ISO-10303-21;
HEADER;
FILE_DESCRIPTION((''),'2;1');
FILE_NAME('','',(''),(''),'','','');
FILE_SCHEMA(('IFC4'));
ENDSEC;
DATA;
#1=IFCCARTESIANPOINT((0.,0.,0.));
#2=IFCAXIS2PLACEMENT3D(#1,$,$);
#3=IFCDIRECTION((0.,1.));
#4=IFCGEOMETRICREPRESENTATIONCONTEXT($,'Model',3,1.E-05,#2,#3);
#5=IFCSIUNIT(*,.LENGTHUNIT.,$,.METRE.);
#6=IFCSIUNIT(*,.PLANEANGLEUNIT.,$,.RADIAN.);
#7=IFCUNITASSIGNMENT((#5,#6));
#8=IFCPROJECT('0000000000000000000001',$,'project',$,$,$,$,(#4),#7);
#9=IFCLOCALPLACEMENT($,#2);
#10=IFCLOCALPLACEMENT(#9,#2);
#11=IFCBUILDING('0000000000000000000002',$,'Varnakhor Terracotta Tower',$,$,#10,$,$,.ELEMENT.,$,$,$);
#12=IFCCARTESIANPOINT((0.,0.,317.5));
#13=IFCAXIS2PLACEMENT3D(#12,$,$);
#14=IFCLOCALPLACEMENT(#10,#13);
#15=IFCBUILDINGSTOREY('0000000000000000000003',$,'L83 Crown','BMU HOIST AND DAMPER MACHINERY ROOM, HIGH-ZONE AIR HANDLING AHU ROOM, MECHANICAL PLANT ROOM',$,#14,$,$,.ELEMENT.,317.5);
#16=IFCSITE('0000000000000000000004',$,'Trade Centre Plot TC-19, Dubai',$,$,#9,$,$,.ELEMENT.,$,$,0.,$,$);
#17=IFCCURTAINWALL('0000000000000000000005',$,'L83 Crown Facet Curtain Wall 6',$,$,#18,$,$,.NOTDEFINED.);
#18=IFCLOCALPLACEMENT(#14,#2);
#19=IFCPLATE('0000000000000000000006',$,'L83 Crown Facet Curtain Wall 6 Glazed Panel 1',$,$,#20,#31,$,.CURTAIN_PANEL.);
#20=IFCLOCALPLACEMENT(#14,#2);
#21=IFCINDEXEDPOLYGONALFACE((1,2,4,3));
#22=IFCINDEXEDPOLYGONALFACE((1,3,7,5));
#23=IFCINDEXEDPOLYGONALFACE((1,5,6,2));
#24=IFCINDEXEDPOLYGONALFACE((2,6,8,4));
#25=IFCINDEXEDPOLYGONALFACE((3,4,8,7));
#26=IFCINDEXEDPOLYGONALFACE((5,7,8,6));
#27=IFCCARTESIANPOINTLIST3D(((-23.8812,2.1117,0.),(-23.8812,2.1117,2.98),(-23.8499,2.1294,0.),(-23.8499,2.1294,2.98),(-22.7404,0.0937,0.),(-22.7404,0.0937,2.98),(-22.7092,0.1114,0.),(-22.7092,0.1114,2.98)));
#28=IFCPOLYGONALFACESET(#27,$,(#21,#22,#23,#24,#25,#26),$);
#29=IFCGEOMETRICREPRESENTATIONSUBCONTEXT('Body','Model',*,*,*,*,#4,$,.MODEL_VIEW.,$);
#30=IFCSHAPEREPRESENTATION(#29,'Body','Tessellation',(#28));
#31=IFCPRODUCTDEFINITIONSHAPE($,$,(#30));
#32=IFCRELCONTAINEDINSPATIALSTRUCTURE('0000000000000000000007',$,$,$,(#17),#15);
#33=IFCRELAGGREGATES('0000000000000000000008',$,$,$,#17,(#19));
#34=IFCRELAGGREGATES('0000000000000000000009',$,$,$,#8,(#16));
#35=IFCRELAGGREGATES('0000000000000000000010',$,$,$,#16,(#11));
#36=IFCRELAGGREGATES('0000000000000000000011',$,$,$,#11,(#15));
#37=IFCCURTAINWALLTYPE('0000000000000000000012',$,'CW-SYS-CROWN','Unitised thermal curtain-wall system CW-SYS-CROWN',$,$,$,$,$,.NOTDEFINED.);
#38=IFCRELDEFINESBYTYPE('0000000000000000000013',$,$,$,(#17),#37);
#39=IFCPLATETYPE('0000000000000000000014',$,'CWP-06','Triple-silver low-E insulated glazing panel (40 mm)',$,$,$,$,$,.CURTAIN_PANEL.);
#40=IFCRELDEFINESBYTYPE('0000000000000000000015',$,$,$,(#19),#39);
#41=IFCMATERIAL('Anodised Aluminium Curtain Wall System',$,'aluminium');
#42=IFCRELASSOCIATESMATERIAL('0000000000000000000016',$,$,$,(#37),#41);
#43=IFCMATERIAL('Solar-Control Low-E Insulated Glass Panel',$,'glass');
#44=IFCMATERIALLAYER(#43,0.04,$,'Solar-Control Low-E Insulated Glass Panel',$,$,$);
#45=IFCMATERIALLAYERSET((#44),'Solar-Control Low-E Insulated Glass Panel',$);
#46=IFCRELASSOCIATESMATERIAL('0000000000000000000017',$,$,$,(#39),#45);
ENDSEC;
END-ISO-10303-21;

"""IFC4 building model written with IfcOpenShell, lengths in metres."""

from ifc_helpers import new_model, si_unit, direction, frame, origin, origin_2d, place, context, subcontext, project, spatial, rectangle, extrude, source, transform, mapped, material, layer, layer_set, type_object, element, aggregate, save


model = new_model("IFC4")

# Units and contexts
model_context = context("Model", 3, precision=1e-05, world=origin(), true_north=direction((0.0, 1.0)))
body_context = subcontext(model_context, "Body", "Model", "MODEL_VIEW")
ifc_project = project(units=[si_unit("LENGTHUNIT", "METRE"), si_unit("PLANEANGLEUNIT", "RADIAN")], contexts=[model_context])

# Site, building, storey
site_placement = place(None, origin())
site = spatial("IfcSite", under=ifc_project, at=site_placement, Name="Trade Centre Plot TC-19, Dubai", CompositionType="ELEMENT", RefElevation=0.0)
building_placement = place(site_placement, origin())
building = spatial("IfcBuilding", under=site, at=building_placement, Name="Varnakhor Terracotta Tower", CompositionType="ELEMENT")
storey_placement = place(building_placement, frame((0.0, 0.0, 317.5)))
storey = spatial("IfcBuildingStorey", under=building, at=storey_placement, Name="L83 Crown", Description="BMU HOIST AND DAMPER MACHINERY ROOM, HIGH-ZONE AIR HANDLING AHU ROOM, MECHANICAL PLANT ROOM", CompositionType="ELEMENT", Elevation=317.5)

# Shared definitions
ifc_material_1 = material(Name="Anodised Aluminium Curtain Wall System", Category="aluminium")
curtain_wall_type = type_object("IfcCurtainWallType", Name="CW-SYS-CROWN", Description="Unitised thermal curtain-wall system CW-SYS-CROWN", PredefinedType="NOTDEFINED", material=ifc_material_1)

# Curtain wall
curtain_wall_1_placement = place(storey_placement, origin())
curtain_wall_1 = element("IfcCurtainWall", 1, at=curtain_wall_1_placement, inside=storey, type_object=curtain_wall_type, Name="L83 Crown Facet Curtain Wall 6", PredefinedType="NOTDEFINED")

# Plate
ifc_material_2 = material(Name="Solar-Control Low-E Insulated Glass Panel", Category="glass")
ifc_layer = layer(ifc_material_2, 0.04, Name="Solar-Control Low-E Insulated Glass Panel")
ifc_layer_set = layer_set([ifc_layer], Name="Solar-Control Low-E Insulated Glass Panel")
plate_type = type_object("IfcPlateType", Name="CWP-06", Description="Triple-silver low-E insulated glazing panel (40 mm)", PredefinedType="CURTAIN_PANEL", material=ifc_layer_set)
shared_shape_1 = source(origin(), body_context, "Body", "SweptSolid", [
    extrude(rectangle(XDim=2.3181, YDim=0.0359, at=origin_2d()), origin(), (0.0, 0.0, 1.0), 2.98),
])
plate_1_placement = place(storey_placement, frame((-23.2952, 1.1116, 0.0), z_axis=(0.0, 0.0, 1.0), x_axis=(-0.492105, 0.870536, 0.0)))
plate_1 = element("IfcPlate", 2, at=plate_1_placement, type_object=plate_type, Name="L83 Crown Facet Curtain Wall 6 Glazed Panel 1", PredefinedType="CURTAIN_PANEL", context=body_context, shape_type="MappedRepresentation", body=[
    mapped(shared_shape_1, transform((0.0, 0.0, 0.0), scale=1.0)),
])
aggregate(curtain_wall_1, [plate_1])

save(model, "model.ifc")
